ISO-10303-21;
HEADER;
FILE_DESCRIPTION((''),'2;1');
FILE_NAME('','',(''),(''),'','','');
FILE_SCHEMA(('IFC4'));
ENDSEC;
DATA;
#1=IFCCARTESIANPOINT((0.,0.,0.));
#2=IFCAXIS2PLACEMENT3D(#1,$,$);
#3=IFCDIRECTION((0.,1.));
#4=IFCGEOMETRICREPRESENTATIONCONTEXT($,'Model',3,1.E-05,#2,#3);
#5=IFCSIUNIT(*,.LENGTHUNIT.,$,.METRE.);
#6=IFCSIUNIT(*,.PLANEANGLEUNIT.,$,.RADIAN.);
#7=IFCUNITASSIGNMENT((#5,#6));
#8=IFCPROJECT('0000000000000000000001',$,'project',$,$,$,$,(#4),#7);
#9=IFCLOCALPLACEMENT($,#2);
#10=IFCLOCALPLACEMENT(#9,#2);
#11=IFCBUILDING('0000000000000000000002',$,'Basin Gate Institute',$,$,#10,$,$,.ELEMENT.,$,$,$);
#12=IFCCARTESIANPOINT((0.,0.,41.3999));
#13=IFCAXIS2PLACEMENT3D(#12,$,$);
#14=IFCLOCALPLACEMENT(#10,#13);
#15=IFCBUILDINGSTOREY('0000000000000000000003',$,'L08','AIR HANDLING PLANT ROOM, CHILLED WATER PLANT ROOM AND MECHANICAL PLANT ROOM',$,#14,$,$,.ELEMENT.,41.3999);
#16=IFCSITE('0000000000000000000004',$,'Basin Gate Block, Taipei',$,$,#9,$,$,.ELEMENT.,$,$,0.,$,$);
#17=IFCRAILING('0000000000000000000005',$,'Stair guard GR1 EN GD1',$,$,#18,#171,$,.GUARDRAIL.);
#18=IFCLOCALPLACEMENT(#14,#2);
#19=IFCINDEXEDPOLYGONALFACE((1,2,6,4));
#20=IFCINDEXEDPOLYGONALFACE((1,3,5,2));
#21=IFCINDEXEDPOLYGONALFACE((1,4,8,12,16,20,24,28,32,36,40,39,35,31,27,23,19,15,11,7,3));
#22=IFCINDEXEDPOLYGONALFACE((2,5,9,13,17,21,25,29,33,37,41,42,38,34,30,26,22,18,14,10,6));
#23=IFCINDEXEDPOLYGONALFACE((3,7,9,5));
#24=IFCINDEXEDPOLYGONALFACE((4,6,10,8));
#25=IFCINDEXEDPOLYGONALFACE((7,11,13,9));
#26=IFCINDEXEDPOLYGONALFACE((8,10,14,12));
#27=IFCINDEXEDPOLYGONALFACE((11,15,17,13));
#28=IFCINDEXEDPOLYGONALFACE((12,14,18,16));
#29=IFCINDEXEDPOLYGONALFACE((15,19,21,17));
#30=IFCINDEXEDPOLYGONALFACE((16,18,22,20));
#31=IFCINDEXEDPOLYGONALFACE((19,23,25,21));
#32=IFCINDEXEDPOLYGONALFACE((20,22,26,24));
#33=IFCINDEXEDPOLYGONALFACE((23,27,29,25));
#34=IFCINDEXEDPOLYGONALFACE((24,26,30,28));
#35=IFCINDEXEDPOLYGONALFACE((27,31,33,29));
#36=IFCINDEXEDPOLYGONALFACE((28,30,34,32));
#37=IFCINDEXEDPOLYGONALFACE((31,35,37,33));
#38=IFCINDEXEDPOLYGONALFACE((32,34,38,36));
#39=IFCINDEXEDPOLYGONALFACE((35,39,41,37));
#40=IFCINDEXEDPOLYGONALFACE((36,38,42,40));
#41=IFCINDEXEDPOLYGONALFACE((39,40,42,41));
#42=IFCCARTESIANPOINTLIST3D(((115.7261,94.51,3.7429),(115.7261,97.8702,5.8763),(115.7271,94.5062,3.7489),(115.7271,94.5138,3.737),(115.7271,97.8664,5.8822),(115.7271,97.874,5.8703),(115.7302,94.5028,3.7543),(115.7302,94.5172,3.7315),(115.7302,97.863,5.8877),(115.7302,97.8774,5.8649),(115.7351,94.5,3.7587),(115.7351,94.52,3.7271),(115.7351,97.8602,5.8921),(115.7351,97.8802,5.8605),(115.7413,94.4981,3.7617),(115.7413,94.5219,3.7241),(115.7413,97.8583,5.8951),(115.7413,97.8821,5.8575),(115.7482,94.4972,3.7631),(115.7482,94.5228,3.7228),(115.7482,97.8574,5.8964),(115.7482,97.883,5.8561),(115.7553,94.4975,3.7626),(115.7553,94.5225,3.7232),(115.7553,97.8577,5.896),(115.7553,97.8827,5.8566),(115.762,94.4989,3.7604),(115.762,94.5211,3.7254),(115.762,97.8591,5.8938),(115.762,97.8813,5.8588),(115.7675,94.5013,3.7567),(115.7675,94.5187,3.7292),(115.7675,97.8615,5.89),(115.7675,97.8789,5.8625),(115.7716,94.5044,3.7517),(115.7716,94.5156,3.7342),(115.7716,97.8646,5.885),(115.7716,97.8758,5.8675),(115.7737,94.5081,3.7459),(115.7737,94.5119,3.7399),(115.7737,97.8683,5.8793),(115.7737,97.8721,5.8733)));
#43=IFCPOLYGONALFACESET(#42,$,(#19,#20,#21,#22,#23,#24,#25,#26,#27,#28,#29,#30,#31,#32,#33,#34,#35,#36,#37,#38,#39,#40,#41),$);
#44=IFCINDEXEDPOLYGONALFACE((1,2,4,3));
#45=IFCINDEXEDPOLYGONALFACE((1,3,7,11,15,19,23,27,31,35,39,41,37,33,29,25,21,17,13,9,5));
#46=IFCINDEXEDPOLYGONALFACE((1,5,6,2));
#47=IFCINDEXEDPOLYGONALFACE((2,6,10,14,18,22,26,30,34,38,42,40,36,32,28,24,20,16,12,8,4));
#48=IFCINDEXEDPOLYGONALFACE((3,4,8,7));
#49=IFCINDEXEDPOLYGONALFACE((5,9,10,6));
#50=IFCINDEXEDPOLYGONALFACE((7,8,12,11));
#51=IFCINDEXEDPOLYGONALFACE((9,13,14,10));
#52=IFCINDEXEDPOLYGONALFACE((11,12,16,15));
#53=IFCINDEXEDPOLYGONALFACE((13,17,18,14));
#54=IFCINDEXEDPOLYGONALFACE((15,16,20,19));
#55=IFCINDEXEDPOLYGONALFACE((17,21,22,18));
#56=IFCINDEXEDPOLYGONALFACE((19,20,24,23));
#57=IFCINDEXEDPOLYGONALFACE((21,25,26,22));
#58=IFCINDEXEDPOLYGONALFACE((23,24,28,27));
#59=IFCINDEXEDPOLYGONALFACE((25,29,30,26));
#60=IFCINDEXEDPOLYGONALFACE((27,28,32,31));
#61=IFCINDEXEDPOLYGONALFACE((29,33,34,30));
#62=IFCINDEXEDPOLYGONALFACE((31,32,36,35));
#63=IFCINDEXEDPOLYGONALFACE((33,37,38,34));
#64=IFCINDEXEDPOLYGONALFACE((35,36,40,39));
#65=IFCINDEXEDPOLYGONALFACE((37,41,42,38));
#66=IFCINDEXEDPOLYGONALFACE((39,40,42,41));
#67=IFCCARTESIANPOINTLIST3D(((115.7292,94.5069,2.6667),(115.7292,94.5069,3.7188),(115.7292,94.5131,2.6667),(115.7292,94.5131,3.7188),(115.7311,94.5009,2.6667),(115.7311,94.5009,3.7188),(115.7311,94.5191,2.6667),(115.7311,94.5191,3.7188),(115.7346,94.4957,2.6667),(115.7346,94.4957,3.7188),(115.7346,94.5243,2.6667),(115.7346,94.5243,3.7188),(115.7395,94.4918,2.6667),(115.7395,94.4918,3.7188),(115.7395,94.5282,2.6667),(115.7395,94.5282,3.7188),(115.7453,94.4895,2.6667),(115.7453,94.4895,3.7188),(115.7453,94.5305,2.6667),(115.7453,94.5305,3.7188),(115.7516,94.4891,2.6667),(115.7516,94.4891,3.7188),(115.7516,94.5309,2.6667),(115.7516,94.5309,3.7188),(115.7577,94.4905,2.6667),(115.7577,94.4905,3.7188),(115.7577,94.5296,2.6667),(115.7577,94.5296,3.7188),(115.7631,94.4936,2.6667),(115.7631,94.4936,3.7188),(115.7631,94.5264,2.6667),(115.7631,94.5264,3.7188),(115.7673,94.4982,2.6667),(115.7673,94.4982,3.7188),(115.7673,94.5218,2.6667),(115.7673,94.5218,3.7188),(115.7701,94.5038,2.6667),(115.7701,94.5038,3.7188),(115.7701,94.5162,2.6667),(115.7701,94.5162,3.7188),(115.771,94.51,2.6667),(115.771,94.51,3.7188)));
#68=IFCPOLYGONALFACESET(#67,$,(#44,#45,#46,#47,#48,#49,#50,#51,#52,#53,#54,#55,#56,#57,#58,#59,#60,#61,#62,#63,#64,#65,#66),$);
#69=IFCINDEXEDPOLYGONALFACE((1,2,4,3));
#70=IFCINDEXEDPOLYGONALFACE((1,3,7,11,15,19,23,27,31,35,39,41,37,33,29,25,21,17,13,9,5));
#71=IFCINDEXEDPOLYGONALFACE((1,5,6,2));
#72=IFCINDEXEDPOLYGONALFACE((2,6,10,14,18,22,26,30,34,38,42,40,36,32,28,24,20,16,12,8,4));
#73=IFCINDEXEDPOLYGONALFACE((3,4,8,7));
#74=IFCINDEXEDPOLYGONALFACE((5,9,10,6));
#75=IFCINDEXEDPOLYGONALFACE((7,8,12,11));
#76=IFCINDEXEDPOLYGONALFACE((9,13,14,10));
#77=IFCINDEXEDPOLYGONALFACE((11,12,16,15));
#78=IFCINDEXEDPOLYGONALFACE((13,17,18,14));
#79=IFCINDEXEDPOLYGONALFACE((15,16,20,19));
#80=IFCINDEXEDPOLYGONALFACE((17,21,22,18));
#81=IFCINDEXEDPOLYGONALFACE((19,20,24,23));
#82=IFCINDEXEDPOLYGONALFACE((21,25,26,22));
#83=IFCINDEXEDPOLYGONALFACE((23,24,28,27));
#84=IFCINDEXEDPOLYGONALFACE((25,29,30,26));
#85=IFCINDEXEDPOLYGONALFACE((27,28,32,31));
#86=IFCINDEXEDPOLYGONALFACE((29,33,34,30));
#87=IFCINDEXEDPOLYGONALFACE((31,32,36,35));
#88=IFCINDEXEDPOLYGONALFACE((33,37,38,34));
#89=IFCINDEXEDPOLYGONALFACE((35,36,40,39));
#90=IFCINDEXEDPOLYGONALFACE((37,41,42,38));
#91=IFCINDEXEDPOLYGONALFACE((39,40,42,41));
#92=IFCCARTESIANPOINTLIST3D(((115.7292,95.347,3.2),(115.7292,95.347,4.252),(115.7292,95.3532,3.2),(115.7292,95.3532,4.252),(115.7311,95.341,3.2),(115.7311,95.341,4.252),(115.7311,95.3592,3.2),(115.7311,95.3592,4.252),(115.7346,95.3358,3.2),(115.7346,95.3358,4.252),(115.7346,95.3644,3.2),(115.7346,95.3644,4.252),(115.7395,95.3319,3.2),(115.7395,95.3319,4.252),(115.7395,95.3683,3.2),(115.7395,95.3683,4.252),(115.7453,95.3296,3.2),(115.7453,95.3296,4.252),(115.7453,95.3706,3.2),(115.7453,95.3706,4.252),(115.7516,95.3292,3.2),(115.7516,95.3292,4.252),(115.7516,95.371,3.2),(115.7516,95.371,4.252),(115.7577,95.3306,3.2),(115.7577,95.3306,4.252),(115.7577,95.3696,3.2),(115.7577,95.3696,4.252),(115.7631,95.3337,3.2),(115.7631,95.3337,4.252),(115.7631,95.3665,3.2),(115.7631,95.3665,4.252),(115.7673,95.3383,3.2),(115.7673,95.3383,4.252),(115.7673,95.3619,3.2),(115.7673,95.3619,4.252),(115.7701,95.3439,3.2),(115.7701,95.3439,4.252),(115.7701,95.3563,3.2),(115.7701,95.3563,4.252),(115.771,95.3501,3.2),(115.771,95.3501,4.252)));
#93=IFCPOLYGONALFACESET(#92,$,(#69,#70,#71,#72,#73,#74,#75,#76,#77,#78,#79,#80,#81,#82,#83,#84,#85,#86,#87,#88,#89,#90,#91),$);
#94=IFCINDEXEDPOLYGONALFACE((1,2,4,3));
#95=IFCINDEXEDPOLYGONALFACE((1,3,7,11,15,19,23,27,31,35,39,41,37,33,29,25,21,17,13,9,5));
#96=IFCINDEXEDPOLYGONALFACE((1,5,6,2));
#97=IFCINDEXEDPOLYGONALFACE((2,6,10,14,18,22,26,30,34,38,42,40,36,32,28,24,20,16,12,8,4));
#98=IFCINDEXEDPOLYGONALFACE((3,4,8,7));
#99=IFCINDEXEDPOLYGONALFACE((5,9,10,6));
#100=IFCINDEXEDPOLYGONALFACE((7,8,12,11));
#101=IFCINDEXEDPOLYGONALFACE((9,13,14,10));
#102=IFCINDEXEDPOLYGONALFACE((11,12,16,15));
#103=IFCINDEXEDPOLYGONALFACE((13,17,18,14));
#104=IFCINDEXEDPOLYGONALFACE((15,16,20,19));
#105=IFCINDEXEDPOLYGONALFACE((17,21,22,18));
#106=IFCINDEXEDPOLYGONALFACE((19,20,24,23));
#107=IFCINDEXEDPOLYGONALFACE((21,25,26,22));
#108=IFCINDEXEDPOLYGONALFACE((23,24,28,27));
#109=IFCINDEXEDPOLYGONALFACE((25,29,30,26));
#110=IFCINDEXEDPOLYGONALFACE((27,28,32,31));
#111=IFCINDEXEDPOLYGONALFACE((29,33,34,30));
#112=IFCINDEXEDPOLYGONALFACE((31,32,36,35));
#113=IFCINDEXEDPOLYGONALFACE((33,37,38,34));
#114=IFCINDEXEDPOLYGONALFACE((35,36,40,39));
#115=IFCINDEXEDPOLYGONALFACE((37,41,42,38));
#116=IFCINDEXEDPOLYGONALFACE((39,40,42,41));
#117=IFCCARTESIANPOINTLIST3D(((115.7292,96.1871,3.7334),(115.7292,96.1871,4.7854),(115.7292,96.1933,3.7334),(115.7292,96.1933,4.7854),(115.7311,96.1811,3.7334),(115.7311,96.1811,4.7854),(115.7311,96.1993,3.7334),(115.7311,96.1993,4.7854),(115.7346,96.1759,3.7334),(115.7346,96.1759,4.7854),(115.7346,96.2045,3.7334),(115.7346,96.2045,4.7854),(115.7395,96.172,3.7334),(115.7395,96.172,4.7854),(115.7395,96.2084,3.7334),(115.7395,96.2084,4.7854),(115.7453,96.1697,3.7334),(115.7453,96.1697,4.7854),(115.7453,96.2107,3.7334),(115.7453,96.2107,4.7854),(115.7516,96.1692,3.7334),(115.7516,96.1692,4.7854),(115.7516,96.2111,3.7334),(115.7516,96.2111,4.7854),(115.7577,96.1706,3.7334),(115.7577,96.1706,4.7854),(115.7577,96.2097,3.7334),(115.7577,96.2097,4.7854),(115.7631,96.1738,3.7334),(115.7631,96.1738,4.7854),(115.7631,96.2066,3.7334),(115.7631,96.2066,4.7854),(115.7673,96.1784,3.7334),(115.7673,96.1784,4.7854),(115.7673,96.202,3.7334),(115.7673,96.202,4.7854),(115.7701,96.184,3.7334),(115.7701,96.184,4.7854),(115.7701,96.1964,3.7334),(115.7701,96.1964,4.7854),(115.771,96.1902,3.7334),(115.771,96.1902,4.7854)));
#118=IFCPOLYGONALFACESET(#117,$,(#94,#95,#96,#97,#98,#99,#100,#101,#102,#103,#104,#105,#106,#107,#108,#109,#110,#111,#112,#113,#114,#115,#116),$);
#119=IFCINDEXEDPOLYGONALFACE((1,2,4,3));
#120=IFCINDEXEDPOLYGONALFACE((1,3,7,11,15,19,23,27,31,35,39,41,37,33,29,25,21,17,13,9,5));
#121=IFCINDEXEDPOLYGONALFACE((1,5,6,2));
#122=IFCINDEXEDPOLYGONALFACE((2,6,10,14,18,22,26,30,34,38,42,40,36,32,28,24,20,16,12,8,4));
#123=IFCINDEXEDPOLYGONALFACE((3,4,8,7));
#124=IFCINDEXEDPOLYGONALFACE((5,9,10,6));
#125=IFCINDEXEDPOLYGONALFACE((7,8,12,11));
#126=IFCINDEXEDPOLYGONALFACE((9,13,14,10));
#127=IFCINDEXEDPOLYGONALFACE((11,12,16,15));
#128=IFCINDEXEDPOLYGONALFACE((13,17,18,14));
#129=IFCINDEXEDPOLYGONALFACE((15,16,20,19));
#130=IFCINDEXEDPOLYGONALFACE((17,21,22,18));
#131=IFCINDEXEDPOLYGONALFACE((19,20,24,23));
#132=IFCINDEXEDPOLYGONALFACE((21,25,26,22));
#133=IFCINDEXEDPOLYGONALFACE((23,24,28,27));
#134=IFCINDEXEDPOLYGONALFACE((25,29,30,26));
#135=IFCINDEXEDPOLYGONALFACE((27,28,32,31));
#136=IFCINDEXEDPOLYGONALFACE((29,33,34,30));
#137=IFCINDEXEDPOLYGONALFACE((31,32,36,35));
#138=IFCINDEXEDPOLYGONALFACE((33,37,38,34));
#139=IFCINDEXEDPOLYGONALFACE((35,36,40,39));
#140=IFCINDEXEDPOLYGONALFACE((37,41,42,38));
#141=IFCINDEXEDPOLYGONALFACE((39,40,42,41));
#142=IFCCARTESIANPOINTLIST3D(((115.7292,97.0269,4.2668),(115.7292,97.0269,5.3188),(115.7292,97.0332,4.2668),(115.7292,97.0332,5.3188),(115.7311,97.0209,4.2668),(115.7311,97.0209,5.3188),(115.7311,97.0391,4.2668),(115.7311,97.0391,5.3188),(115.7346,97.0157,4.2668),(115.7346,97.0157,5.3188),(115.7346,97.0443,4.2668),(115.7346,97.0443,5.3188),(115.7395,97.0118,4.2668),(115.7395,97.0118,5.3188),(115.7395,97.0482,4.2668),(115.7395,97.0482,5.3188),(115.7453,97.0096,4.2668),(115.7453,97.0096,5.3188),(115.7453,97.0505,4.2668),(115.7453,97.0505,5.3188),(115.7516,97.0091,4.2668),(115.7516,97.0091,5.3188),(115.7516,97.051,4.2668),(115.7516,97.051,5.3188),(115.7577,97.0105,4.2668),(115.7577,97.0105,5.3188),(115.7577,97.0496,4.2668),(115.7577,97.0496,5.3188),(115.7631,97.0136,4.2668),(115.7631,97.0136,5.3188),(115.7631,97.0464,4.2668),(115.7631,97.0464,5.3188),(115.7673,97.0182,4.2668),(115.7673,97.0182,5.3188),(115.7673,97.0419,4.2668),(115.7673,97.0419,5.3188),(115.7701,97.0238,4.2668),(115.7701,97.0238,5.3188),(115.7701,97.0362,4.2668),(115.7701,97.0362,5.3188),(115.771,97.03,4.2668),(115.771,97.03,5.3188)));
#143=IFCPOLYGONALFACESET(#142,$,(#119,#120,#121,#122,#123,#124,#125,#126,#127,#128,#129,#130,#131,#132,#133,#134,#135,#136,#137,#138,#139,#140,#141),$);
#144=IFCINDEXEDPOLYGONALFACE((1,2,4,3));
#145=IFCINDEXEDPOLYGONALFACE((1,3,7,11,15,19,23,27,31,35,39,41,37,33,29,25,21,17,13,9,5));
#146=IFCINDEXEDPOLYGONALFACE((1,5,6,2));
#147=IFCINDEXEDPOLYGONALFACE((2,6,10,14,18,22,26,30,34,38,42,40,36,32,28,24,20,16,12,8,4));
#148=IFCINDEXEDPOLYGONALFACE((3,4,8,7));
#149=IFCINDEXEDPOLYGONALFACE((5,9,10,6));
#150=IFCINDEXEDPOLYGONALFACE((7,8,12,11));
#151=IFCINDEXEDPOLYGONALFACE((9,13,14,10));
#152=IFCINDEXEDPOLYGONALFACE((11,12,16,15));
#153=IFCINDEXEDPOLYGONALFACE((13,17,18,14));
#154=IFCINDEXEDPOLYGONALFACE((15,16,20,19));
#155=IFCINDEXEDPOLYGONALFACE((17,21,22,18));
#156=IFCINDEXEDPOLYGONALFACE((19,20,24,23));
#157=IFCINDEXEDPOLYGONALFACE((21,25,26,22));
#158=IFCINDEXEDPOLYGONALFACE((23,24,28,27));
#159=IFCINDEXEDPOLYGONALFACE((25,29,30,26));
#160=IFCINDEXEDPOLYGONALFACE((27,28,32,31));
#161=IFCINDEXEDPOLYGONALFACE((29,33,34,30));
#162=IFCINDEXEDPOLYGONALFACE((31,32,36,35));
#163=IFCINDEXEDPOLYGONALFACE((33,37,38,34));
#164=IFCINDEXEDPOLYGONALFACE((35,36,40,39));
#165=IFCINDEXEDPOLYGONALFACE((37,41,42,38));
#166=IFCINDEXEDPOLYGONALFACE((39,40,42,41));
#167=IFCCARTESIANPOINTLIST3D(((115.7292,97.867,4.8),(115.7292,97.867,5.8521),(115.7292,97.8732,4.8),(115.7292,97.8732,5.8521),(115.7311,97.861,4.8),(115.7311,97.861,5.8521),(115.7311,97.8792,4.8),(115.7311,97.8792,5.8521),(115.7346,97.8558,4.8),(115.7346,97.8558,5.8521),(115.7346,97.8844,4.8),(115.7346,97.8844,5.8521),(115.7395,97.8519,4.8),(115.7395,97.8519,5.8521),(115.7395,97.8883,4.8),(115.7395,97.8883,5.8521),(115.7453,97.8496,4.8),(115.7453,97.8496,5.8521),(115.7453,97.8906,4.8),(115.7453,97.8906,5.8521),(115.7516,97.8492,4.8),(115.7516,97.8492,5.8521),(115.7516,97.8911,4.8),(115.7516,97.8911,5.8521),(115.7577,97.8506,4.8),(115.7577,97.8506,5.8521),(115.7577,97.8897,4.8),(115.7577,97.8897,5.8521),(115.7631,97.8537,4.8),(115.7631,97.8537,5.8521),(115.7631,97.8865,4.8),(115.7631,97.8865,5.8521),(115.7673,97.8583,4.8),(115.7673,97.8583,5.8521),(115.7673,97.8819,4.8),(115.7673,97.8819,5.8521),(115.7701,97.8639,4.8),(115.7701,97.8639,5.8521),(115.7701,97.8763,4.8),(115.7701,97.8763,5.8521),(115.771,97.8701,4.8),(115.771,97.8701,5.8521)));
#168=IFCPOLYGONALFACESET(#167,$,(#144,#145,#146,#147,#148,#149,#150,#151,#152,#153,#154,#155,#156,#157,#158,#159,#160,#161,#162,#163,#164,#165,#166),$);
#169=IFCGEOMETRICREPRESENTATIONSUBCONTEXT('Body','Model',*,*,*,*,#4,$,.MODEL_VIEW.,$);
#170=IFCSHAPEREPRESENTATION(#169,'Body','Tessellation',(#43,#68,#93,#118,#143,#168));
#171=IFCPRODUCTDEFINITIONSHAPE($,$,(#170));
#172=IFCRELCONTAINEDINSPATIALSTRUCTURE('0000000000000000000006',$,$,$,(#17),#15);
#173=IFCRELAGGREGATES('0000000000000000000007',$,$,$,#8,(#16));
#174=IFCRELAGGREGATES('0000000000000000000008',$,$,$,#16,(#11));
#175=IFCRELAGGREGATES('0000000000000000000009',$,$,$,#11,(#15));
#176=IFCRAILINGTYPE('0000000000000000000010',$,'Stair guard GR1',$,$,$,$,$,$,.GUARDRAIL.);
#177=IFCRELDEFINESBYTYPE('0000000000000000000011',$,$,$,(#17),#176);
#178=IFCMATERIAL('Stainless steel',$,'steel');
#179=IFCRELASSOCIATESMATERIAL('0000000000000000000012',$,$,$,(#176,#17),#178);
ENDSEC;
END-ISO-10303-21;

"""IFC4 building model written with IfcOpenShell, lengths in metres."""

from ifc_helpers import new_model, si_unit, direction, frame, origin, origin_2d, place, context, subcontext, project, spatial, circle, extrude, material, type_object, element, save


model = new_model("IFC4")

# Units and contexts
model_context = context("Model", 3, precision=1e-05, world=origin(), true_north=direction((0.0, 1.0)))
body_context = subcontext(model_context, "Body", "Model", "MODEL_VIEW")
ifc_project = project(units=[si_unit("LENGTHUNIT", "METRE"), si_unit("PLANEANGLEUNIT", "RADIAN")], contexts=[model_context])

# Site, building, storey
site_placement = place(None, origin())
site = spatial("IfcSite", under=ifc_project, at=site_placement, Name="Basin Gate Block, Taipei", CompositionType="ELEMENT", RefElevation=0.0)
building_placement = place(site_placement, origin())
building = spatial("IfcBuilding", under=site, at=building_placement, Name="Basin Gate Institute", CompositionType="ELEMENT")
storey_placement = place(building_placement, frame((0.0, 0.0, 41.3999)))
storey = spatial("IfcBuildingStorey", under=building, at=storey_placement, Name="L08", Description="AIR HANDLING PLANT ROOM, CHILLED WATER PLANT ROOM AND MECHANICAL PLANT ROOM", CompositionType="ELEMENT", Elevation=41.3999)

# Railing
ifc_material_1 = material(Name="Stainless steel", Category="steel")
railing_type = type_object("IfcRailingType", Name="Stair guard GR1", PredefinedType="GUARDRAIL", material=ifc_material_1)
railing_1_placement = place(storey_placement, frame((115.75, 94.51, 2.6667)))
element("IfcRailing", 1, at=railing_1_placement, inside=storey, type_object=railing_type, material=ifc_material_1, Name="Stair guard GR1 EN GD1", PredefinedType="GUARDRAIL", context=body_context, shape_type="SweptSolid", body=[
    extrude(circle(Radius=0.0239, at=origin_2d()), frame((0.0, 0.0, 1.0762), z_axis=(0.0, 0.844224, 0.53599), x_axis=(-1.0, 0.0, 0.0)), (0.0, 0.0, 1.0), 3.9802),
    extrude(circle(Radius=0.021, at=origin_2d()), origin(), (0.0, 0.0, 1.0), 1.052),
    extrude(circle(Radius=0.021, at=origin_2d()), frame((0.0, 0.8401, 0.5332)), (0.0, 0.0, 1.0), 1.052),
    extrude(circle(Radius=0.021, at=origin_2d()), frame((0.0, 1.6802, 1.0667)), (0.0, 0.0, 1.0), 1.052),
    extrude(circle(Radius=0.021, at=origin_2d()), frame((0.0, 2.52, 1.6001)), (0.0, 0.0, 1.0), 1.052),
    extrude(circle(Radius=0.021, at=origin_2d()), frame((0.0, 3.3601, 2.1333)), (0.0, 0.0, 1.0), 1.052),
])

save(model, "model.ifc")
